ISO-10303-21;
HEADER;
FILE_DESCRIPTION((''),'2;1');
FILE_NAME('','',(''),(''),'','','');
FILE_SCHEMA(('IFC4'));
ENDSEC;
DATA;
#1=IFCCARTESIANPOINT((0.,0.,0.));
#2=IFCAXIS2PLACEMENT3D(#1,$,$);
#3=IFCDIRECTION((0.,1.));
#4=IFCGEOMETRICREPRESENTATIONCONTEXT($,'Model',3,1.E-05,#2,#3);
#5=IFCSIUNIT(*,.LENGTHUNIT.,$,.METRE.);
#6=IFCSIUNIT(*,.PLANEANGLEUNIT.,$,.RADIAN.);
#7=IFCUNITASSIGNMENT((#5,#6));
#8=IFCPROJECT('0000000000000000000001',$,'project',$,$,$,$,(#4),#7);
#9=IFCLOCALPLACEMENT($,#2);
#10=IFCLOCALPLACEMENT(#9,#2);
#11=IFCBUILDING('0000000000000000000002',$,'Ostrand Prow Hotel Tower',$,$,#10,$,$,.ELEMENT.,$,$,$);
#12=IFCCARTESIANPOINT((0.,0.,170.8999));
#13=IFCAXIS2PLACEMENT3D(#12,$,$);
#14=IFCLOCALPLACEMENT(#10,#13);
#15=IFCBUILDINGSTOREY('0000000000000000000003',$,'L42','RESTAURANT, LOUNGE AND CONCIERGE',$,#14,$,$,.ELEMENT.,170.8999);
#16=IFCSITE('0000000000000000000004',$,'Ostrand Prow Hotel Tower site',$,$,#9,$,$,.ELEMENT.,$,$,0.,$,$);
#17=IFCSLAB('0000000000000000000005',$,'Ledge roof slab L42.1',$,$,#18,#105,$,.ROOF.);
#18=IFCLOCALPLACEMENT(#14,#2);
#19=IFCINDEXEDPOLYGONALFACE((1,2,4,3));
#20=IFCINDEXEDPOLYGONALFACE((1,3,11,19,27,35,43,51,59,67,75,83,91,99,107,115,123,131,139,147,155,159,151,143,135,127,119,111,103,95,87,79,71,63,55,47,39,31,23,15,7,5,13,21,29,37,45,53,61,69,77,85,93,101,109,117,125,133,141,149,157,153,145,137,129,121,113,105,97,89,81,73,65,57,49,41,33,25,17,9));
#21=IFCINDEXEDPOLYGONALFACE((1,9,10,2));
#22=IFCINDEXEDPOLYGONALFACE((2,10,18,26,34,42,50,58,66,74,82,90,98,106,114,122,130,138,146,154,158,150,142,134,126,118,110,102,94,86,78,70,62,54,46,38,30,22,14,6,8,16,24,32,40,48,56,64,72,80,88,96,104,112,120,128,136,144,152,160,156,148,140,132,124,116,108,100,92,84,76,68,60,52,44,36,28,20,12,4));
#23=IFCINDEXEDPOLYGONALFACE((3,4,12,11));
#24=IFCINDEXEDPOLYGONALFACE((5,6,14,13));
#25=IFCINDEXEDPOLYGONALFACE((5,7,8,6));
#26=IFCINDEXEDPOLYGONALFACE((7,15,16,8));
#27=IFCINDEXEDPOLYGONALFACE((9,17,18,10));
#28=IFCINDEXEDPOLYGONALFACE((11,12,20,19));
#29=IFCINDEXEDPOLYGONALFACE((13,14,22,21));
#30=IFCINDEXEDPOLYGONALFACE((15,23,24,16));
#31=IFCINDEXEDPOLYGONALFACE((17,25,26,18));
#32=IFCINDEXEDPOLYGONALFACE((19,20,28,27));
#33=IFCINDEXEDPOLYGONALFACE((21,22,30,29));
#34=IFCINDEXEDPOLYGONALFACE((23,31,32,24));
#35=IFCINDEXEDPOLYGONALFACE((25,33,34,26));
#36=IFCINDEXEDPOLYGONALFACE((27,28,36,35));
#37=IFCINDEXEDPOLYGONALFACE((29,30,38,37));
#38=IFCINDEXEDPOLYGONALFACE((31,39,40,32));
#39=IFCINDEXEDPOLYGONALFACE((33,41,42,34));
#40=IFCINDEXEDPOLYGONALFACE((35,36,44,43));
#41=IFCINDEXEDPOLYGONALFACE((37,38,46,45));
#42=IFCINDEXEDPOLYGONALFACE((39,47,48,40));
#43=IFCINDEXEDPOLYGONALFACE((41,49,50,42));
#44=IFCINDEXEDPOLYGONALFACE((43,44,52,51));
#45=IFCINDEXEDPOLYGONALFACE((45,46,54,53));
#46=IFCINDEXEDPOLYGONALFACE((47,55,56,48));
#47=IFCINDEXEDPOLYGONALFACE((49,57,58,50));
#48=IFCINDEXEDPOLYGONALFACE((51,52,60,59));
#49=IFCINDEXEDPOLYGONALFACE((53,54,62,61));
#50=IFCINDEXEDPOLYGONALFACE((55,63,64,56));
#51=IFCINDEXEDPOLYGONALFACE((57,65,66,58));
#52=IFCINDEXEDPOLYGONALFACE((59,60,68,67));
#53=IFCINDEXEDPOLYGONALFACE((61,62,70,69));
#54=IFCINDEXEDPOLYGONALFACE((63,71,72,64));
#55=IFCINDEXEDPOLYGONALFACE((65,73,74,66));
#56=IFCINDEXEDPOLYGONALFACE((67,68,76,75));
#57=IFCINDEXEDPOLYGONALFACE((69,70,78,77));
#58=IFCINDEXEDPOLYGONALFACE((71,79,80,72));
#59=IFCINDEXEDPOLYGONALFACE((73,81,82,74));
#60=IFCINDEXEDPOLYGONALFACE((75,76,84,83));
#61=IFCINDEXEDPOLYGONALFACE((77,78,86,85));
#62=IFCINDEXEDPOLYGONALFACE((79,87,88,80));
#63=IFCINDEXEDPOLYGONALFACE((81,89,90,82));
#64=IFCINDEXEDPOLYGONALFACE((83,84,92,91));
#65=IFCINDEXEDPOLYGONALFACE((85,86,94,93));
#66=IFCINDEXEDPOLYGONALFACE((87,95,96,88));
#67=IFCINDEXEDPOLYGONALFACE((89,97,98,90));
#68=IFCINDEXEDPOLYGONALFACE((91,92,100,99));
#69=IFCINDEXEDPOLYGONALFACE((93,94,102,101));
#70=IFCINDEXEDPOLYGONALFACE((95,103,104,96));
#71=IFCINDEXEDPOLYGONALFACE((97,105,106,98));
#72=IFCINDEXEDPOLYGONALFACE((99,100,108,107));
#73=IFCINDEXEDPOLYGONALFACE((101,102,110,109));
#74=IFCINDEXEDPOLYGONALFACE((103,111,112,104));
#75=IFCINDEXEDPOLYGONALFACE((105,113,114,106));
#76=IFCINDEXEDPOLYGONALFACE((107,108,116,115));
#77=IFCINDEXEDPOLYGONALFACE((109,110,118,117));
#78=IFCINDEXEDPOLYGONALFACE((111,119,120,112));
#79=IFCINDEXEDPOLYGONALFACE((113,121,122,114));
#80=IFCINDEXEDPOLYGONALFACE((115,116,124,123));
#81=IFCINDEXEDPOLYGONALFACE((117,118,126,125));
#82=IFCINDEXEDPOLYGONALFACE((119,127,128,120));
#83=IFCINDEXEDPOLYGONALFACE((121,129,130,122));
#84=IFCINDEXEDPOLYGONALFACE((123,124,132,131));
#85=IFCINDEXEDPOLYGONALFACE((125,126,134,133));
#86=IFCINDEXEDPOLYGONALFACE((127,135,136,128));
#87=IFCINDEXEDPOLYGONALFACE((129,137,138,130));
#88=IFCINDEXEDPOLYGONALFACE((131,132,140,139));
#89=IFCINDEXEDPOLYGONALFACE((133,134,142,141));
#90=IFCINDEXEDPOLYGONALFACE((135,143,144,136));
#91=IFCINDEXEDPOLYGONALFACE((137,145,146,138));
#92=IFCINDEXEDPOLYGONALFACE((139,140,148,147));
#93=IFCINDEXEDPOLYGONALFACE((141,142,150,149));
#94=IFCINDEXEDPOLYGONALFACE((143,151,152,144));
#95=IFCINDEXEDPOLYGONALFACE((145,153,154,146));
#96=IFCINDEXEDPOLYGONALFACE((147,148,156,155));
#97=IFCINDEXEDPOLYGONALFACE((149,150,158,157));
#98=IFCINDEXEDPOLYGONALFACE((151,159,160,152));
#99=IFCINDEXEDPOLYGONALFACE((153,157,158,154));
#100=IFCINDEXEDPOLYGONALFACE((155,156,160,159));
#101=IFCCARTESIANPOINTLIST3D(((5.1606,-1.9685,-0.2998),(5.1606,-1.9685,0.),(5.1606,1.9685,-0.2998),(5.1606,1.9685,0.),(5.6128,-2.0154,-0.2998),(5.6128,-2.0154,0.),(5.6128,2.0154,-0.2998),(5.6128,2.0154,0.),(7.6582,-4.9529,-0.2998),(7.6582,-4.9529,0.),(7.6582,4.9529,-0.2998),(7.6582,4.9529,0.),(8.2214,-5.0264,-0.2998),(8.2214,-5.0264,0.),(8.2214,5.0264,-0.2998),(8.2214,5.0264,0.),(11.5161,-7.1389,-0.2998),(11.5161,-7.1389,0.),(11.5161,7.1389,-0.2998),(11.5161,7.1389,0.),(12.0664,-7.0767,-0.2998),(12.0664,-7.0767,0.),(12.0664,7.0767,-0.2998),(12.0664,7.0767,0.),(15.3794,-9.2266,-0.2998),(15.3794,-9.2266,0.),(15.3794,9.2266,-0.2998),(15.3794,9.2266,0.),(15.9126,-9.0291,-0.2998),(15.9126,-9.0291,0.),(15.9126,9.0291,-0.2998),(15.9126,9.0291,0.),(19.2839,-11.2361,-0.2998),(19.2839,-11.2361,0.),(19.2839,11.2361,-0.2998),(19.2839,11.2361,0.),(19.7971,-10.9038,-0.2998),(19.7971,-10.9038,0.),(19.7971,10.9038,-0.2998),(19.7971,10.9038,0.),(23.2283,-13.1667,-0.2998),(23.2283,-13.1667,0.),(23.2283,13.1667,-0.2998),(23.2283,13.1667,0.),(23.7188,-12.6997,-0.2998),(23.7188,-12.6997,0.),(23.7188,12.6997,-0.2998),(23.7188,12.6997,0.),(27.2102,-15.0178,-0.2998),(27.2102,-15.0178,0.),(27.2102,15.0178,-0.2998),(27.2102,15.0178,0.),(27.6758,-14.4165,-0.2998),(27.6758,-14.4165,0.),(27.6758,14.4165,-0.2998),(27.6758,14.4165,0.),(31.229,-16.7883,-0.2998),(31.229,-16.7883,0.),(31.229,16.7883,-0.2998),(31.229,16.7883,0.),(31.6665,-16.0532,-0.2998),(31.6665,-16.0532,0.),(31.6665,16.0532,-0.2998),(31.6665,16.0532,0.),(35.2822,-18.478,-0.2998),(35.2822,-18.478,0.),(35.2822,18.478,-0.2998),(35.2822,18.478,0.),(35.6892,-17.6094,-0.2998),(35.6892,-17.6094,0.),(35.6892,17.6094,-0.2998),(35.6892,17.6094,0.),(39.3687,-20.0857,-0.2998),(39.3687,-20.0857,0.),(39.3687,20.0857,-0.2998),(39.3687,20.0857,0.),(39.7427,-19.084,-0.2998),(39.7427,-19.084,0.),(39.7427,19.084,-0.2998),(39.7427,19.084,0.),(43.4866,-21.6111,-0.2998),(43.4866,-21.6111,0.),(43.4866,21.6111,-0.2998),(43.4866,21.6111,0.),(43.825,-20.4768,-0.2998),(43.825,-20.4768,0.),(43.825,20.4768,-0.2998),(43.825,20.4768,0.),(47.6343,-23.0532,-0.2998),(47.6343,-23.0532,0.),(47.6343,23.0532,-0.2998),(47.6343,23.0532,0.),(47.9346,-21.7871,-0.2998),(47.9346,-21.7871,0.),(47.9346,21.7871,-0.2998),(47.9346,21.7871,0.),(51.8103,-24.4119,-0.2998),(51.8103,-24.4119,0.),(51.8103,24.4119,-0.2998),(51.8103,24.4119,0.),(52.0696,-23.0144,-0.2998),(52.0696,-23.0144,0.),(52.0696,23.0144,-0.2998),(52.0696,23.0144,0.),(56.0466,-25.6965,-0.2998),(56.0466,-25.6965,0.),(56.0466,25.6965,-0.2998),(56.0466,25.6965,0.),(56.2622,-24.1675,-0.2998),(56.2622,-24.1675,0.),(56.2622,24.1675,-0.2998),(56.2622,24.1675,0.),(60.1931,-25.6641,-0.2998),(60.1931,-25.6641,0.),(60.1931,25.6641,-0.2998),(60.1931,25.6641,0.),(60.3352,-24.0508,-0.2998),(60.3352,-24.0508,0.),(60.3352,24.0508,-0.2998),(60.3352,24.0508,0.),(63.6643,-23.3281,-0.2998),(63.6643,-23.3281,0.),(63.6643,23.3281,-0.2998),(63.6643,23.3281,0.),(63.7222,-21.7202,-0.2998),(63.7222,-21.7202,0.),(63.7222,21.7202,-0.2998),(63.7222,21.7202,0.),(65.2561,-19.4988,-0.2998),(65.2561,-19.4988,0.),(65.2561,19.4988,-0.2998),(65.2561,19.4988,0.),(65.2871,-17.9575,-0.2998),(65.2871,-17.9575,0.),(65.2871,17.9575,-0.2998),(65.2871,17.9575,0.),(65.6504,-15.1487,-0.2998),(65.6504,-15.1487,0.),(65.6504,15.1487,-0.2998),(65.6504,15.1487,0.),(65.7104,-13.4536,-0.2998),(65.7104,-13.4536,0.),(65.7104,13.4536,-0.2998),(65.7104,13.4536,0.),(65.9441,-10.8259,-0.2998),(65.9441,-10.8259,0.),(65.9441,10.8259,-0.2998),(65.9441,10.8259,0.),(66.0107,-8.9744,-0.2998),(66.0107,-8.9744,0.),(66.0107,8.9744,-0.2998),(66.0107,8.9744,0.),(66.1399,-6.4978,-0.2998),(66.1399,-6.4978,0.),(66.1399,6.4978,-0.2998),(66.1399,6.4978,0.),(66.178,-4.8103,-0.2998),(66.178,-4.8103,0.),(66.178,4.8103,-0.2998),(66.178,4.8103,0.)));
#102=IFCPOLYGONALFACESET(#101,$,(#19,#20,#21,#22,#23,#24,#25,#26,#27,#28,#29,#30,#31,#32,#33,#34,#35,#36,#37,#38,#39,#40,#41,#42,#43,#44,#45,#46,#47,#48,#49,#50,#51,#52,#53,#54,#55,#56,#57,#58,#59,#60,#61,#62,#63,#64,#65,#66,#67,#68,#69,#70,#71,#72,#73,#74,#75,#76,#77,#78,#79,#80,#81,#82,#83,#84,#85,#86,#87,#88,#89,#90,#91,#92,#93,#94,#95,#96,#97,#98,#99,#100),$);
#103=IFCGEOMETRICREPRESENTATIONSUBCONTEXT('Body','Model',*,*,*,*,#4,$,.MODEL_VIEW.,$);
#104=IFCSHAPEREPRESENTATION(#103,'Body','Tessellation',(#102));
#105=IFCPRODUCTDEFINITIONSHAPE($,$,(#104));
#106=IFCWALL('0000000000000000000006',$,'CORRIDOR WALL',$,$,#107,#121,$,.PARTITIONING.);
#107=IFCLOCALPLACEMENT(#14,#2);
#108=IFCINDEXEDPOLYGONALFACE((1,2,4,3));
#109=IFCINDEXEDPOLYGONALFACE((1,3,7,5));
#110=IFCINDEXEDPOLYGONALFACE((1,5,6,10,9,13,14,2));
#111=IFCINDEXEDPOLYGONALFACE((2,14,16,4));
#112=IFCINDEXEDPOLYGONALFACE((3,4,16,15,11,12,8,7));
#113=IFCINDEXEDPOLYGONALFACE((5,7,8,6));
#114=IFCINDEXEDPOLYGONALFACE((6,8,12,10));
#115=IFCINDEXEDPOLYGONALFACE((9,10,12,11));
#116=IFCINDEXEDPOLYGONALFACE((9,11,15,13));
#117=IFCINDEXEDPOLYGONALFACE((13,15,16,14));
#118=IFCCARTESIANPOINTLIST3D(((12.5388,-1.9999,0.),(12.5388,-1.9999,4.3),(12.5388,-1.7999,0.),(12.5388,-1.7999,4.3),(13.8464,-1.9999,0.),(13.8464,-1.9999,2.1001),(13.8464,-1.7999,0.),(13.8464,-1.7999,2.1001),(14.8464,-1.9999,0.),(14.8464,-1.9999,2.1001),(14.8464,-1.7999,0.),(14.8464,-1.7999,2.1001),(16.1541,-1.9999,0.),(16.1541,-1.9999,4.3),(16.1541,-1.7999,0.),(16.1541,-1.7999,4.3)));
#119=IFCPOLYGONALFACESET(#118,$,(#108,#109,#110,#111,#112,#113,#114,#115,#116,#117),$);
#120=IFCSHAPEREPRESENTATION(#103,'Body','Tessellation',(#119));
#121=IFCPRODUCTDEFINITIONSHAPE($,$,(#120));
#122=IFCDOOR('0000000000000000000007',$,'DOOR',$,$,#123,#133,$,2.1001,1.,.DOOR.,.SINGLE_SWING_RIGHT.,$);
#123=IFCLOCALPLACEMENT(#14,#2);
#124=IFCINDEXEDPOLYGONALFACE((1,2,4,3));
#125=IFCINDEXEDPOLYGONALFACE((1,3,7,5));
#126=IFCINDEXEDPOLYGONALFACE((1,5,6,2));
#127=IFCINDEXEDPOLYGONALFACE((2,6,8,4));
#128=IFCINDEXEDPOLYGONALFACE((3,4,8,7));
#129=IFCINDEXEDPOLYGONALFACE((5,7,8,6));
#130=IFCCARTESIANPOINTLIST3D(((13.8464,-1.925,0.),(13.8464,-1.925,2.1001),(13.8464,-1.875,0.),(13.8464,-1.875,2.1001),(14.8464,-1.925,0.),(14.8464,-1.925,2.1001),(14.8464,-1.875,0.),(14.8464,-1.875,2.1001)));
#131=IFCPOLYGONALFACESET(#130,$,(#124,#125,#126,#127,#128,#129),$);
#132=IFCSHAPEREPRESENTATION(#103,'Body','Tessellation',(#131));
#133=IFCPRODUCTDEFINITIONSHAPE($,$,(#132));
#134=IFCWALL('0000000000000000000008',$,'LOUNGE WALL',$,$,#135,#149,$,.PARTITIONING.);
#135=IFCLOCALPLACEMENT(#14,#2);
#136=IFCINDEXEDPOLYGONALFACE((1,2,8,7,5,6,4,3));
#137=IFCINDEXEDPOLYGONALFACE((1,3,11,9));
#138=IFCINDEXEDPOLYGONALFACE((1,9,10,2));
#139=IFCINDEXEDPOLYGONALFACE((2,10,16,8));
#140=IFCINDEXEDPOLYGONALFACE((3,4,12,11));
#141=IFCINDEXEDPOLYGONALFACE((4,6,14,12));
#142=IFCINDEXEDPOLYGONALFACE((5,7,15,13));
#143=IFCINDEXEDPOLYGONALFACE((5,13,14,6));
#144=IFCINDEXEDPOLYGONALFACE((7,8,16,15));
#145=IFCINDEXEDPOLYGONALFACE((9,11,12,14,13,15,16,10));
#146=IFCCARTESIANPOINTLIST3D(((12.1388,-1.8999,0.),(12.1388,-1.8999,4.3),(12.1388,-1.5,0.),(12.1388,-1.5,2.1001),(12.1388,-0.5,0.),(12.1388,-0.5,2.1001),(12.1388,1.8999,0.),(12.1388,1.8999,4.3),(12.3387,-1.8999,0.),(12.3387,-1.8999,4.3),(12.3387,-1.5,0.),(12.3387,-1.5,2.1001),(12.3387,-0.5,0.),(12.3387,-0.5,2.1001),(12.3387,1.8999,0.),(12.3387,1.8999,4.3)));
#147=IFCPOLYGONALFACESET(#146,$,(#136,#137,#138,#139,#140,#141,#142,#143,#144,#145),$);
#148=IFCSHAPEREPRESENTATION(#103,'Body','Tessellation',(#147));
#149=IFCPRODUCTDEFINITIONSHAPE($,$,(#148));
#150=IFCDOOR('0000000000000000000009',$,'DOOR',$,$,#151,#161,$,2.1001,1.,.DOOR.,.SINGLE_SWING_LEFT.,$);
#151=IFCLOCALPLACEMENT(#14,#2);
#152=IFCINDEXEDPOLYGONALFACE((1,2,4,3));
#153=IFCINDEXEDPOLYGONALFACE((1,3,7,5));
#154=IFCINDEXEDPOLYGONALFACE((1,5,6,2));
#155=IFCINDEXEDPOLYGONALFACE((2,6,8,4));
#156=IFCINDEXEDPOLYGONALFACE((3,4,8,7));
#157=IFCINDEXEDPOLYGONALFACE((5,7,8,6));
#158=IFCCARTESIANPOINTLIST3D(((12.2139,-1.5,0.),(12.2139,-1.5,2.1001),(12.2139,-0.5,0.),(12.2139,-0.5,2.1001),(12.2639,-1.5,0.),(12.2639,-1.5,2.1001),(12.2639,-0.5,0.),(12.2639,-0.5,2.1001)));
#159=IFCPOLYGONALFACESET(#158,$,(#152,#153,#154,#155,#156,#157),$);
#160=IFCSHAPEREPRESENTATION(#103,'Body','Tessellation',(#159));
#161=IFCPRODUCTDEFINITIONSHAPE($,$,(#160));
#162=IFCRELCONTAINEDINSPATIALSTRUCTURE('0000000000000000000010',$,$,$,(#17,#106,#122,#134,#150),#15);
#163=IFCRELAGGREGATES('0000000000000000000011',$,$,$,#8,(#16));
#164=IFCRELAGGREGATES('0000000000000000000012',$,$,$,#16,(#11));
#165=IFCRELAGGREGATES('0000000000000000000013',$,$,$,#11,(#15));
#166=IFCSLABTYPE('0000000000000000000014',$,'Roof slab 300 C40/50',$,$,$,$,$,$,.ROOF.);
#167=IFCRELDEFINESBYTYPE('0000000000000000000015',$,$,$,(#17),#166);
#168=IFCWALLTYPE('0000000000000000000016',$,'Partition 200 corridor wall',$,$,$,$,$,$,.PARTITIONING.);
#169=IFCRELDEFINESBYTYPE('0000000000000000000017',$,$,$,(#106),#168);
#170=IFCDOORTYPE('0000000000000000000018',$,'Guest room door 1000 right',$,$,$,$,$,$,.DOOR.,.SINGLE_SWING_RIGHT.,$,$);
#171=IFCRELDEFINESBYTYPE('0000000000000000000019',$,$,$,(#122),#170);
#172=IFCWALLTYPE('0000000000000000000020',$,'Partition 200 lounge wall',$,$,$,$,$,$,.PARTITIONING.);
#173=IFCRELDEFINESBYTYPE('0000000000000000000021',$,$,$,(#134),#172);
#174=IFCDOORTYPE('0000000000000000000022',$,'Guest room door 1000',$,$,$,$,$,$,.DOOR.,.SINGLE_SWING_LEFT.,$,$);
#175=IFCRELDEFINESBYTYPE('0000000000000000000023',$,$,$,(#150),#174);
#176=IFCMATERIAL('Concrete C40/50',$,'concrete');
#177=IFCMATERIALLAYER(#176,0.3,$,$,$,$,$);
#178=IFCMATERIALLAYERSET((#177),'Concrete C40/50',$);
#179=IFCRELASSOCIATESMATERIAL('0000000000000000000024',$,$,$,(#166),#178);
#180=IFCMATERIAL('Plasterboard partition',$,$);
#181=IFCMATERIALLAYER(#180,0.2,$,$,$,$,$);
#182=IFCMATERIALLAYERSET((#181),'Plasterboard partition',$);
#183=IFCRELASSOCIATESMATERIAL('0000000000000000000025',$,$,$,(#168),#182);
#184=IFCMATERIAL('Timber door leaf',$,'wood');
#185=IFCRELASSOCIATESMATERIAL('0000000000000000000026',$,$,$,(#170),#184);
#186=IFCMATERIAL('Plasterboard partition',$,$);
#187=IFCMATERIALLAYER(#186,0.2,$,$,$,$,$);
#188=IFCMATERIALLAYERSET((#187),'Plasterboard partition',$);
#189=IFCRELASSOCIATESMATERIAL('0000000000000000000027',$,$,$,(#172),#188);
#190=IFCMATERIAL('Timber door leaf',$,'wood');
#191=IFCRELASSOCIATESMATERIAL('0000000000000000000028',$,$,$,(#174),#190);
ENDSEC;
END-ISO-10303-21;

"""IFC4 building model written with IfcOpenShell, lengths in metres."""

from ifc_helpers import new_model, si_unit, direction, frame, frame_2d, origin, place, context, subcontext, project, spatial, polyline, rectangle, outline, extrude, material, layer, layer_set, type_object, element, fill, save


model = new_model("IFC4")

# Units and contexts
model_context = context("Model", 3, precision=1e-05, world=origin(), true_north=direction((0.0, 1.0)))
body_context = subcontext(model_context, "Body", "Model", "MODEL_VIEW")
ifc_project = project(units=[si_unit("LENGTHUNIT", "METRE"), si_unit("PLANEANGLEUNIT", "RADIAN")], contexts=[model_context])

# Site, building, storey
site_placement = place(None, origin())
site = spatial("IfcSite", under=ifc_project, at=site_placement, Name="Ostrand Prow Hotel Tower site", CompositionType="ELEMENT", RefElevation=0.0)
building_placement = place(site_placement, origin())
building = spatial("IfcBuilding", under=site, at=building_placement, Name="Ostrand Prow Hotel Tower", CompositionType="ELEMENT")
storey_placement = place(building_placement, frame((0.0, 0.0, 170.8999)))
storey = spatial("IfcBuildingStorey", under=building, at=storey_placement, Name="L42", Description="RESTAURANT, LOUNGE AND CONCIERGE", CompositionType="ELEMENT", Elevation=170.8999)

# Slab
ifc_material_1 = material(Name="Concrete C40/50", Category="concrete")
ifc_layer_1 = layer(ifc_material_1, 0.3)
ifc_layer_set_1 = layer_set([ifc_layer_1], Name="Concrete C40/50")
slab_type_1 = type_object("IfcSlabType", Name="Roof slab 300 C40/50", PredefinedType="ROOF", material=ifc_layer_set_1)
slab_1_placement = place(storey_placement, frame((0.0, 0.0, -0.2998)))
element("IfcSlab", 1, at=slab_1_placement, inside=storey, type_object=slab_type_1, Name="Ledge roof slab L42.1", PredefinedType="ROOF", context=body_context, shape_type="SweptSolid", body=[
    extrude(outline(polyline([(11.5161, 7.1389), (15.3794, 9.2266), (19.2839, 11.2361), (23.2283, 13.1667), (27.2102, 15.0178), (31.229, 16.7883), (35.2822, 18.478), (39.3687, 20.0857), (43.4866, 21.6111), (47.6343, 23.0532), (51.8103, 24.4119), (56.0466, 25.6965), (60.1931, 25.6641), (63.6643, 23.3281), (65.2561, 19.4988), (65.6504, 15.1487), (65.9441, 10.8259), (66.1399, 6.4978), (66.178, 4.8103), (66.0107, 8.9744), (65.7104, 13.4536), (65.2871, 17.9575), (63.7222, 21.7202), (60.3352, 24.0508), (56.2622, 24.1675), (52.0696, 23.0144), (47.9346, 21.7871), (43.825, 20.4768), (39.7427, 19.084), (35.6892, 17.6094), (31.6665, 16.0532), (27.6758, 14.4165), (23.7188, 12.6997), (19.7971, 10.9038), (15.9126, 9.0291), (12.0664, 7.0767), (8.2214, 5.0264), (5.6128, 2.0154), (5.6128, -2.0154), (8.2214, -5.0264), (12.0664, -7.0767), (15.9126, -9.0291), (19.7971, -10.9038), (23.7188, -12.6997), (27.6758, -14.4165), (31.6665, -16.0532), (35.6892, -17.6094), (39.7427, -19.084), (43.825, -20.4768), (47.9346, -21.7871), (52.0696, -23.0144), (56.2622, -24.1675), (60.3352, -24.0508), (63.7222, -21.7202), (65.2871, -17.9575), (65.7104, -13.4536), (66.0107, -8.9744), (66.178, -4.8103), (66.1399, -6.4978), (65.9441, -10.8259), (65.6504, -15.1487), (65.2561, -19.4988), (63.6643, -23.3281), (60.1931, -25.6641), (56.0466, -25.6965), (51.8103, -24.4119), (47.6343, -23.0532), (43.4866, -21.6111), (39.3687, -20.0857), (35.2822, -18.478), (31.229, -16.7883), (27.2102, -15.0178), (23.2283, -13.1667), (19.2839, -11.2361), (15.3794, -9.2266), (11.5161, -7.1389), (7.6582, -4.9529), (5.1606, -1.9685), (5.1606, 1.9685), (7.6582, 4.9529), (11.5161, 7.1389)])), origin(), (0.0, 0.0, 1.0), 0.2998),
])

# Walls, openings, doors
ifc_material_2 = material(Name="Plasterboard partition")
ifc_layer_2 = layer(ifc_material_2, 0.2)
ifc_layer_set_2 = layer_set([ifc_layer_2], Name="Plasterboard partition")
wall_type_1 = type_object("IfcWallType", Name="Partition 200 corridor wall", PredefinedType="PARTITIONING", material=ifc_layer_set_2)
wall_1_placement = place(storey_placement, frame((12.5388, -1.8999, 0.0), z_axis=(0.0, 0.0, 1.0), x_axis=(1.0, 0.0, 0.0)))
wall_1 = element("IfcWall", 2, at=wall_1_placement, inside=storey, type_object=wall_type_1, Name="CORRIDOR WALL", PredefinedType="PARTITIONING", context=body_context, shape_type="SweptSolid", body=[
    extrude(rectangle(XDim=3.6152, YDim=0.2, at=frame_2d((1.8076, 0.0))), origin(), (0.0, 0.0, 1.0), 4.3),
])
opening_1_placement = place(wall_1_placement, frame((1.3076, 0.0, 0.0)))
opening_1 = element("IfcOpeningElement", 3, at=opening_1_placement, cuts=wall_1, PredefinedType="OPENING", context=body_context, shape_type="SweptSolid", body=[
    extrude(rectangle(XDim=1.0, YDim=2.1001, at=frame_2d((0.5, 1.05))), frame((0.0, 0.1099, 0.0), z_axis=(0.0, -1.0, 0.0), x_axis=(1.0, 0.0, 0.0)), (0.0, 0.0, 1.0), 0.22),
])
ifc_material_3 = material(Name="Timber door leaf", Category="wood")
door_type_1 = type_object("IfcDoorType", Name="Guest room door 1000 right", OperationType="SINGLE_SWING_RIGHT", PredefinedType="DOOR", material=ifc_material_3)
door_1_placement = place(opening_1_placement, origin())
door_1 = element("IfcDoor", 4, at=door_1_placement, inside=storey, type_object=door_type_1, Name="DOOR", OperationType="SINGLE_SWING_RIGHT", OverallHeight=2.1001, OverallWidth=1.0, PredefinedType="DOOR", context=body_context, shape_type="SweptSolid", body=[
    extrude(rectangle(XDim=1.0, YDim=2.1001, at=frame_2d((0.5, 1.05))), frame((0.0, 0.0249, 0.0), z_axis=(0.0, -1.0, 0.0), x_axis=(1.0, 0.0, 0.0)), (0.0, 0.0, 1.0), 0.05),
])
fill(opening_1, door_1)
ifc_material_4 = material(Name="Plasterboard partition")
ifc_layer_3 = layer(ifc_material_4, 0.2)
ifc_layer_set_3 = layer_set([ifc_layer_3], Name="Plasterboard partition")
wall_type_2 = type_object("IfcWallType", Name="Partition 200 lounge wall", PredefinedType="PARTITIONING", material=ifc_layer_set_3)
wall_2_placement = place(storey_placement, frame((12.2388, -1.8999, 0.0), z_axis=(0.0, 0.0, 1.0), x_axis=(0.0, 1.0, 0.0)))
wall_2 = element("IfcWall", 5, at=wall_2_placement, inside=storey, type_object=wall_type_2, Name="LOUNGE WALL", PredefinedType="PARTITIONING", context=body_context, shape_type="SweptSolid", body=[
    extrude(rectangle(XDim=3.7998, YDim=0.2, at=frame_2d((1.8999, 0.0))), origin(), (0.0, 0.0, 1.0), 4.3),
])
opening_2_placement = place(wall_2_placement, frame((0.3999, 0.0, 0.0)))
opening_2 = element("IfcOpeningElement", 6, at=opening_2_placement, cuts=wall_2, PredefinedType="OPENING", context=body_context, shape_type="SweptSolid", body=[
    extrude(rectangle(XDim=1.0, YDim=2.1001, at=frame_2d((0.5, 1.05))), frame((0.0, 0.1099, 0.0), z_axis=(0.0, -1.0, 0.0), x_axis=(1.0, 0.0, 0.0)), (0.0, 0.0, 1.0), 0.22),
])
ifc_material_5 = material(Name="Timber door leaf", Category="wood")
door_type_2 = type_object("IfcDoorType", Name="Guest room door 1000", OperationType="SINGLE_SWING_LEFT", PredefinedType="DOOR", material=ifc_material_5)
door_2_placement = place(opening_2_placement, origin())
door_2 = element("IfcDoor", 7, at=door_2_placement, inside=storey, type_object=door_type_2, Name="DOOR", OperationType="SINGLE_SWING_LEFT", OverallHeight=2.1001, OverallWidth=1.0, PredefinedType="DOOR", context=body_context, shape_type="SweptSolid", body=[
    extrude(rectangle(XDim=1.0, YDim=2.1001, at=frame_2d((0.5, 1.05))), frame((0.0, 0.0249, 0.0), z_axis=(0.0, -1.0, 0.0), x_axis=(1.0, 0.0, 0.0)), (0.0, 0.0, 1.0), 0.05),
])
fill(opening_2, door_2)

save(model, "model.ifc")
